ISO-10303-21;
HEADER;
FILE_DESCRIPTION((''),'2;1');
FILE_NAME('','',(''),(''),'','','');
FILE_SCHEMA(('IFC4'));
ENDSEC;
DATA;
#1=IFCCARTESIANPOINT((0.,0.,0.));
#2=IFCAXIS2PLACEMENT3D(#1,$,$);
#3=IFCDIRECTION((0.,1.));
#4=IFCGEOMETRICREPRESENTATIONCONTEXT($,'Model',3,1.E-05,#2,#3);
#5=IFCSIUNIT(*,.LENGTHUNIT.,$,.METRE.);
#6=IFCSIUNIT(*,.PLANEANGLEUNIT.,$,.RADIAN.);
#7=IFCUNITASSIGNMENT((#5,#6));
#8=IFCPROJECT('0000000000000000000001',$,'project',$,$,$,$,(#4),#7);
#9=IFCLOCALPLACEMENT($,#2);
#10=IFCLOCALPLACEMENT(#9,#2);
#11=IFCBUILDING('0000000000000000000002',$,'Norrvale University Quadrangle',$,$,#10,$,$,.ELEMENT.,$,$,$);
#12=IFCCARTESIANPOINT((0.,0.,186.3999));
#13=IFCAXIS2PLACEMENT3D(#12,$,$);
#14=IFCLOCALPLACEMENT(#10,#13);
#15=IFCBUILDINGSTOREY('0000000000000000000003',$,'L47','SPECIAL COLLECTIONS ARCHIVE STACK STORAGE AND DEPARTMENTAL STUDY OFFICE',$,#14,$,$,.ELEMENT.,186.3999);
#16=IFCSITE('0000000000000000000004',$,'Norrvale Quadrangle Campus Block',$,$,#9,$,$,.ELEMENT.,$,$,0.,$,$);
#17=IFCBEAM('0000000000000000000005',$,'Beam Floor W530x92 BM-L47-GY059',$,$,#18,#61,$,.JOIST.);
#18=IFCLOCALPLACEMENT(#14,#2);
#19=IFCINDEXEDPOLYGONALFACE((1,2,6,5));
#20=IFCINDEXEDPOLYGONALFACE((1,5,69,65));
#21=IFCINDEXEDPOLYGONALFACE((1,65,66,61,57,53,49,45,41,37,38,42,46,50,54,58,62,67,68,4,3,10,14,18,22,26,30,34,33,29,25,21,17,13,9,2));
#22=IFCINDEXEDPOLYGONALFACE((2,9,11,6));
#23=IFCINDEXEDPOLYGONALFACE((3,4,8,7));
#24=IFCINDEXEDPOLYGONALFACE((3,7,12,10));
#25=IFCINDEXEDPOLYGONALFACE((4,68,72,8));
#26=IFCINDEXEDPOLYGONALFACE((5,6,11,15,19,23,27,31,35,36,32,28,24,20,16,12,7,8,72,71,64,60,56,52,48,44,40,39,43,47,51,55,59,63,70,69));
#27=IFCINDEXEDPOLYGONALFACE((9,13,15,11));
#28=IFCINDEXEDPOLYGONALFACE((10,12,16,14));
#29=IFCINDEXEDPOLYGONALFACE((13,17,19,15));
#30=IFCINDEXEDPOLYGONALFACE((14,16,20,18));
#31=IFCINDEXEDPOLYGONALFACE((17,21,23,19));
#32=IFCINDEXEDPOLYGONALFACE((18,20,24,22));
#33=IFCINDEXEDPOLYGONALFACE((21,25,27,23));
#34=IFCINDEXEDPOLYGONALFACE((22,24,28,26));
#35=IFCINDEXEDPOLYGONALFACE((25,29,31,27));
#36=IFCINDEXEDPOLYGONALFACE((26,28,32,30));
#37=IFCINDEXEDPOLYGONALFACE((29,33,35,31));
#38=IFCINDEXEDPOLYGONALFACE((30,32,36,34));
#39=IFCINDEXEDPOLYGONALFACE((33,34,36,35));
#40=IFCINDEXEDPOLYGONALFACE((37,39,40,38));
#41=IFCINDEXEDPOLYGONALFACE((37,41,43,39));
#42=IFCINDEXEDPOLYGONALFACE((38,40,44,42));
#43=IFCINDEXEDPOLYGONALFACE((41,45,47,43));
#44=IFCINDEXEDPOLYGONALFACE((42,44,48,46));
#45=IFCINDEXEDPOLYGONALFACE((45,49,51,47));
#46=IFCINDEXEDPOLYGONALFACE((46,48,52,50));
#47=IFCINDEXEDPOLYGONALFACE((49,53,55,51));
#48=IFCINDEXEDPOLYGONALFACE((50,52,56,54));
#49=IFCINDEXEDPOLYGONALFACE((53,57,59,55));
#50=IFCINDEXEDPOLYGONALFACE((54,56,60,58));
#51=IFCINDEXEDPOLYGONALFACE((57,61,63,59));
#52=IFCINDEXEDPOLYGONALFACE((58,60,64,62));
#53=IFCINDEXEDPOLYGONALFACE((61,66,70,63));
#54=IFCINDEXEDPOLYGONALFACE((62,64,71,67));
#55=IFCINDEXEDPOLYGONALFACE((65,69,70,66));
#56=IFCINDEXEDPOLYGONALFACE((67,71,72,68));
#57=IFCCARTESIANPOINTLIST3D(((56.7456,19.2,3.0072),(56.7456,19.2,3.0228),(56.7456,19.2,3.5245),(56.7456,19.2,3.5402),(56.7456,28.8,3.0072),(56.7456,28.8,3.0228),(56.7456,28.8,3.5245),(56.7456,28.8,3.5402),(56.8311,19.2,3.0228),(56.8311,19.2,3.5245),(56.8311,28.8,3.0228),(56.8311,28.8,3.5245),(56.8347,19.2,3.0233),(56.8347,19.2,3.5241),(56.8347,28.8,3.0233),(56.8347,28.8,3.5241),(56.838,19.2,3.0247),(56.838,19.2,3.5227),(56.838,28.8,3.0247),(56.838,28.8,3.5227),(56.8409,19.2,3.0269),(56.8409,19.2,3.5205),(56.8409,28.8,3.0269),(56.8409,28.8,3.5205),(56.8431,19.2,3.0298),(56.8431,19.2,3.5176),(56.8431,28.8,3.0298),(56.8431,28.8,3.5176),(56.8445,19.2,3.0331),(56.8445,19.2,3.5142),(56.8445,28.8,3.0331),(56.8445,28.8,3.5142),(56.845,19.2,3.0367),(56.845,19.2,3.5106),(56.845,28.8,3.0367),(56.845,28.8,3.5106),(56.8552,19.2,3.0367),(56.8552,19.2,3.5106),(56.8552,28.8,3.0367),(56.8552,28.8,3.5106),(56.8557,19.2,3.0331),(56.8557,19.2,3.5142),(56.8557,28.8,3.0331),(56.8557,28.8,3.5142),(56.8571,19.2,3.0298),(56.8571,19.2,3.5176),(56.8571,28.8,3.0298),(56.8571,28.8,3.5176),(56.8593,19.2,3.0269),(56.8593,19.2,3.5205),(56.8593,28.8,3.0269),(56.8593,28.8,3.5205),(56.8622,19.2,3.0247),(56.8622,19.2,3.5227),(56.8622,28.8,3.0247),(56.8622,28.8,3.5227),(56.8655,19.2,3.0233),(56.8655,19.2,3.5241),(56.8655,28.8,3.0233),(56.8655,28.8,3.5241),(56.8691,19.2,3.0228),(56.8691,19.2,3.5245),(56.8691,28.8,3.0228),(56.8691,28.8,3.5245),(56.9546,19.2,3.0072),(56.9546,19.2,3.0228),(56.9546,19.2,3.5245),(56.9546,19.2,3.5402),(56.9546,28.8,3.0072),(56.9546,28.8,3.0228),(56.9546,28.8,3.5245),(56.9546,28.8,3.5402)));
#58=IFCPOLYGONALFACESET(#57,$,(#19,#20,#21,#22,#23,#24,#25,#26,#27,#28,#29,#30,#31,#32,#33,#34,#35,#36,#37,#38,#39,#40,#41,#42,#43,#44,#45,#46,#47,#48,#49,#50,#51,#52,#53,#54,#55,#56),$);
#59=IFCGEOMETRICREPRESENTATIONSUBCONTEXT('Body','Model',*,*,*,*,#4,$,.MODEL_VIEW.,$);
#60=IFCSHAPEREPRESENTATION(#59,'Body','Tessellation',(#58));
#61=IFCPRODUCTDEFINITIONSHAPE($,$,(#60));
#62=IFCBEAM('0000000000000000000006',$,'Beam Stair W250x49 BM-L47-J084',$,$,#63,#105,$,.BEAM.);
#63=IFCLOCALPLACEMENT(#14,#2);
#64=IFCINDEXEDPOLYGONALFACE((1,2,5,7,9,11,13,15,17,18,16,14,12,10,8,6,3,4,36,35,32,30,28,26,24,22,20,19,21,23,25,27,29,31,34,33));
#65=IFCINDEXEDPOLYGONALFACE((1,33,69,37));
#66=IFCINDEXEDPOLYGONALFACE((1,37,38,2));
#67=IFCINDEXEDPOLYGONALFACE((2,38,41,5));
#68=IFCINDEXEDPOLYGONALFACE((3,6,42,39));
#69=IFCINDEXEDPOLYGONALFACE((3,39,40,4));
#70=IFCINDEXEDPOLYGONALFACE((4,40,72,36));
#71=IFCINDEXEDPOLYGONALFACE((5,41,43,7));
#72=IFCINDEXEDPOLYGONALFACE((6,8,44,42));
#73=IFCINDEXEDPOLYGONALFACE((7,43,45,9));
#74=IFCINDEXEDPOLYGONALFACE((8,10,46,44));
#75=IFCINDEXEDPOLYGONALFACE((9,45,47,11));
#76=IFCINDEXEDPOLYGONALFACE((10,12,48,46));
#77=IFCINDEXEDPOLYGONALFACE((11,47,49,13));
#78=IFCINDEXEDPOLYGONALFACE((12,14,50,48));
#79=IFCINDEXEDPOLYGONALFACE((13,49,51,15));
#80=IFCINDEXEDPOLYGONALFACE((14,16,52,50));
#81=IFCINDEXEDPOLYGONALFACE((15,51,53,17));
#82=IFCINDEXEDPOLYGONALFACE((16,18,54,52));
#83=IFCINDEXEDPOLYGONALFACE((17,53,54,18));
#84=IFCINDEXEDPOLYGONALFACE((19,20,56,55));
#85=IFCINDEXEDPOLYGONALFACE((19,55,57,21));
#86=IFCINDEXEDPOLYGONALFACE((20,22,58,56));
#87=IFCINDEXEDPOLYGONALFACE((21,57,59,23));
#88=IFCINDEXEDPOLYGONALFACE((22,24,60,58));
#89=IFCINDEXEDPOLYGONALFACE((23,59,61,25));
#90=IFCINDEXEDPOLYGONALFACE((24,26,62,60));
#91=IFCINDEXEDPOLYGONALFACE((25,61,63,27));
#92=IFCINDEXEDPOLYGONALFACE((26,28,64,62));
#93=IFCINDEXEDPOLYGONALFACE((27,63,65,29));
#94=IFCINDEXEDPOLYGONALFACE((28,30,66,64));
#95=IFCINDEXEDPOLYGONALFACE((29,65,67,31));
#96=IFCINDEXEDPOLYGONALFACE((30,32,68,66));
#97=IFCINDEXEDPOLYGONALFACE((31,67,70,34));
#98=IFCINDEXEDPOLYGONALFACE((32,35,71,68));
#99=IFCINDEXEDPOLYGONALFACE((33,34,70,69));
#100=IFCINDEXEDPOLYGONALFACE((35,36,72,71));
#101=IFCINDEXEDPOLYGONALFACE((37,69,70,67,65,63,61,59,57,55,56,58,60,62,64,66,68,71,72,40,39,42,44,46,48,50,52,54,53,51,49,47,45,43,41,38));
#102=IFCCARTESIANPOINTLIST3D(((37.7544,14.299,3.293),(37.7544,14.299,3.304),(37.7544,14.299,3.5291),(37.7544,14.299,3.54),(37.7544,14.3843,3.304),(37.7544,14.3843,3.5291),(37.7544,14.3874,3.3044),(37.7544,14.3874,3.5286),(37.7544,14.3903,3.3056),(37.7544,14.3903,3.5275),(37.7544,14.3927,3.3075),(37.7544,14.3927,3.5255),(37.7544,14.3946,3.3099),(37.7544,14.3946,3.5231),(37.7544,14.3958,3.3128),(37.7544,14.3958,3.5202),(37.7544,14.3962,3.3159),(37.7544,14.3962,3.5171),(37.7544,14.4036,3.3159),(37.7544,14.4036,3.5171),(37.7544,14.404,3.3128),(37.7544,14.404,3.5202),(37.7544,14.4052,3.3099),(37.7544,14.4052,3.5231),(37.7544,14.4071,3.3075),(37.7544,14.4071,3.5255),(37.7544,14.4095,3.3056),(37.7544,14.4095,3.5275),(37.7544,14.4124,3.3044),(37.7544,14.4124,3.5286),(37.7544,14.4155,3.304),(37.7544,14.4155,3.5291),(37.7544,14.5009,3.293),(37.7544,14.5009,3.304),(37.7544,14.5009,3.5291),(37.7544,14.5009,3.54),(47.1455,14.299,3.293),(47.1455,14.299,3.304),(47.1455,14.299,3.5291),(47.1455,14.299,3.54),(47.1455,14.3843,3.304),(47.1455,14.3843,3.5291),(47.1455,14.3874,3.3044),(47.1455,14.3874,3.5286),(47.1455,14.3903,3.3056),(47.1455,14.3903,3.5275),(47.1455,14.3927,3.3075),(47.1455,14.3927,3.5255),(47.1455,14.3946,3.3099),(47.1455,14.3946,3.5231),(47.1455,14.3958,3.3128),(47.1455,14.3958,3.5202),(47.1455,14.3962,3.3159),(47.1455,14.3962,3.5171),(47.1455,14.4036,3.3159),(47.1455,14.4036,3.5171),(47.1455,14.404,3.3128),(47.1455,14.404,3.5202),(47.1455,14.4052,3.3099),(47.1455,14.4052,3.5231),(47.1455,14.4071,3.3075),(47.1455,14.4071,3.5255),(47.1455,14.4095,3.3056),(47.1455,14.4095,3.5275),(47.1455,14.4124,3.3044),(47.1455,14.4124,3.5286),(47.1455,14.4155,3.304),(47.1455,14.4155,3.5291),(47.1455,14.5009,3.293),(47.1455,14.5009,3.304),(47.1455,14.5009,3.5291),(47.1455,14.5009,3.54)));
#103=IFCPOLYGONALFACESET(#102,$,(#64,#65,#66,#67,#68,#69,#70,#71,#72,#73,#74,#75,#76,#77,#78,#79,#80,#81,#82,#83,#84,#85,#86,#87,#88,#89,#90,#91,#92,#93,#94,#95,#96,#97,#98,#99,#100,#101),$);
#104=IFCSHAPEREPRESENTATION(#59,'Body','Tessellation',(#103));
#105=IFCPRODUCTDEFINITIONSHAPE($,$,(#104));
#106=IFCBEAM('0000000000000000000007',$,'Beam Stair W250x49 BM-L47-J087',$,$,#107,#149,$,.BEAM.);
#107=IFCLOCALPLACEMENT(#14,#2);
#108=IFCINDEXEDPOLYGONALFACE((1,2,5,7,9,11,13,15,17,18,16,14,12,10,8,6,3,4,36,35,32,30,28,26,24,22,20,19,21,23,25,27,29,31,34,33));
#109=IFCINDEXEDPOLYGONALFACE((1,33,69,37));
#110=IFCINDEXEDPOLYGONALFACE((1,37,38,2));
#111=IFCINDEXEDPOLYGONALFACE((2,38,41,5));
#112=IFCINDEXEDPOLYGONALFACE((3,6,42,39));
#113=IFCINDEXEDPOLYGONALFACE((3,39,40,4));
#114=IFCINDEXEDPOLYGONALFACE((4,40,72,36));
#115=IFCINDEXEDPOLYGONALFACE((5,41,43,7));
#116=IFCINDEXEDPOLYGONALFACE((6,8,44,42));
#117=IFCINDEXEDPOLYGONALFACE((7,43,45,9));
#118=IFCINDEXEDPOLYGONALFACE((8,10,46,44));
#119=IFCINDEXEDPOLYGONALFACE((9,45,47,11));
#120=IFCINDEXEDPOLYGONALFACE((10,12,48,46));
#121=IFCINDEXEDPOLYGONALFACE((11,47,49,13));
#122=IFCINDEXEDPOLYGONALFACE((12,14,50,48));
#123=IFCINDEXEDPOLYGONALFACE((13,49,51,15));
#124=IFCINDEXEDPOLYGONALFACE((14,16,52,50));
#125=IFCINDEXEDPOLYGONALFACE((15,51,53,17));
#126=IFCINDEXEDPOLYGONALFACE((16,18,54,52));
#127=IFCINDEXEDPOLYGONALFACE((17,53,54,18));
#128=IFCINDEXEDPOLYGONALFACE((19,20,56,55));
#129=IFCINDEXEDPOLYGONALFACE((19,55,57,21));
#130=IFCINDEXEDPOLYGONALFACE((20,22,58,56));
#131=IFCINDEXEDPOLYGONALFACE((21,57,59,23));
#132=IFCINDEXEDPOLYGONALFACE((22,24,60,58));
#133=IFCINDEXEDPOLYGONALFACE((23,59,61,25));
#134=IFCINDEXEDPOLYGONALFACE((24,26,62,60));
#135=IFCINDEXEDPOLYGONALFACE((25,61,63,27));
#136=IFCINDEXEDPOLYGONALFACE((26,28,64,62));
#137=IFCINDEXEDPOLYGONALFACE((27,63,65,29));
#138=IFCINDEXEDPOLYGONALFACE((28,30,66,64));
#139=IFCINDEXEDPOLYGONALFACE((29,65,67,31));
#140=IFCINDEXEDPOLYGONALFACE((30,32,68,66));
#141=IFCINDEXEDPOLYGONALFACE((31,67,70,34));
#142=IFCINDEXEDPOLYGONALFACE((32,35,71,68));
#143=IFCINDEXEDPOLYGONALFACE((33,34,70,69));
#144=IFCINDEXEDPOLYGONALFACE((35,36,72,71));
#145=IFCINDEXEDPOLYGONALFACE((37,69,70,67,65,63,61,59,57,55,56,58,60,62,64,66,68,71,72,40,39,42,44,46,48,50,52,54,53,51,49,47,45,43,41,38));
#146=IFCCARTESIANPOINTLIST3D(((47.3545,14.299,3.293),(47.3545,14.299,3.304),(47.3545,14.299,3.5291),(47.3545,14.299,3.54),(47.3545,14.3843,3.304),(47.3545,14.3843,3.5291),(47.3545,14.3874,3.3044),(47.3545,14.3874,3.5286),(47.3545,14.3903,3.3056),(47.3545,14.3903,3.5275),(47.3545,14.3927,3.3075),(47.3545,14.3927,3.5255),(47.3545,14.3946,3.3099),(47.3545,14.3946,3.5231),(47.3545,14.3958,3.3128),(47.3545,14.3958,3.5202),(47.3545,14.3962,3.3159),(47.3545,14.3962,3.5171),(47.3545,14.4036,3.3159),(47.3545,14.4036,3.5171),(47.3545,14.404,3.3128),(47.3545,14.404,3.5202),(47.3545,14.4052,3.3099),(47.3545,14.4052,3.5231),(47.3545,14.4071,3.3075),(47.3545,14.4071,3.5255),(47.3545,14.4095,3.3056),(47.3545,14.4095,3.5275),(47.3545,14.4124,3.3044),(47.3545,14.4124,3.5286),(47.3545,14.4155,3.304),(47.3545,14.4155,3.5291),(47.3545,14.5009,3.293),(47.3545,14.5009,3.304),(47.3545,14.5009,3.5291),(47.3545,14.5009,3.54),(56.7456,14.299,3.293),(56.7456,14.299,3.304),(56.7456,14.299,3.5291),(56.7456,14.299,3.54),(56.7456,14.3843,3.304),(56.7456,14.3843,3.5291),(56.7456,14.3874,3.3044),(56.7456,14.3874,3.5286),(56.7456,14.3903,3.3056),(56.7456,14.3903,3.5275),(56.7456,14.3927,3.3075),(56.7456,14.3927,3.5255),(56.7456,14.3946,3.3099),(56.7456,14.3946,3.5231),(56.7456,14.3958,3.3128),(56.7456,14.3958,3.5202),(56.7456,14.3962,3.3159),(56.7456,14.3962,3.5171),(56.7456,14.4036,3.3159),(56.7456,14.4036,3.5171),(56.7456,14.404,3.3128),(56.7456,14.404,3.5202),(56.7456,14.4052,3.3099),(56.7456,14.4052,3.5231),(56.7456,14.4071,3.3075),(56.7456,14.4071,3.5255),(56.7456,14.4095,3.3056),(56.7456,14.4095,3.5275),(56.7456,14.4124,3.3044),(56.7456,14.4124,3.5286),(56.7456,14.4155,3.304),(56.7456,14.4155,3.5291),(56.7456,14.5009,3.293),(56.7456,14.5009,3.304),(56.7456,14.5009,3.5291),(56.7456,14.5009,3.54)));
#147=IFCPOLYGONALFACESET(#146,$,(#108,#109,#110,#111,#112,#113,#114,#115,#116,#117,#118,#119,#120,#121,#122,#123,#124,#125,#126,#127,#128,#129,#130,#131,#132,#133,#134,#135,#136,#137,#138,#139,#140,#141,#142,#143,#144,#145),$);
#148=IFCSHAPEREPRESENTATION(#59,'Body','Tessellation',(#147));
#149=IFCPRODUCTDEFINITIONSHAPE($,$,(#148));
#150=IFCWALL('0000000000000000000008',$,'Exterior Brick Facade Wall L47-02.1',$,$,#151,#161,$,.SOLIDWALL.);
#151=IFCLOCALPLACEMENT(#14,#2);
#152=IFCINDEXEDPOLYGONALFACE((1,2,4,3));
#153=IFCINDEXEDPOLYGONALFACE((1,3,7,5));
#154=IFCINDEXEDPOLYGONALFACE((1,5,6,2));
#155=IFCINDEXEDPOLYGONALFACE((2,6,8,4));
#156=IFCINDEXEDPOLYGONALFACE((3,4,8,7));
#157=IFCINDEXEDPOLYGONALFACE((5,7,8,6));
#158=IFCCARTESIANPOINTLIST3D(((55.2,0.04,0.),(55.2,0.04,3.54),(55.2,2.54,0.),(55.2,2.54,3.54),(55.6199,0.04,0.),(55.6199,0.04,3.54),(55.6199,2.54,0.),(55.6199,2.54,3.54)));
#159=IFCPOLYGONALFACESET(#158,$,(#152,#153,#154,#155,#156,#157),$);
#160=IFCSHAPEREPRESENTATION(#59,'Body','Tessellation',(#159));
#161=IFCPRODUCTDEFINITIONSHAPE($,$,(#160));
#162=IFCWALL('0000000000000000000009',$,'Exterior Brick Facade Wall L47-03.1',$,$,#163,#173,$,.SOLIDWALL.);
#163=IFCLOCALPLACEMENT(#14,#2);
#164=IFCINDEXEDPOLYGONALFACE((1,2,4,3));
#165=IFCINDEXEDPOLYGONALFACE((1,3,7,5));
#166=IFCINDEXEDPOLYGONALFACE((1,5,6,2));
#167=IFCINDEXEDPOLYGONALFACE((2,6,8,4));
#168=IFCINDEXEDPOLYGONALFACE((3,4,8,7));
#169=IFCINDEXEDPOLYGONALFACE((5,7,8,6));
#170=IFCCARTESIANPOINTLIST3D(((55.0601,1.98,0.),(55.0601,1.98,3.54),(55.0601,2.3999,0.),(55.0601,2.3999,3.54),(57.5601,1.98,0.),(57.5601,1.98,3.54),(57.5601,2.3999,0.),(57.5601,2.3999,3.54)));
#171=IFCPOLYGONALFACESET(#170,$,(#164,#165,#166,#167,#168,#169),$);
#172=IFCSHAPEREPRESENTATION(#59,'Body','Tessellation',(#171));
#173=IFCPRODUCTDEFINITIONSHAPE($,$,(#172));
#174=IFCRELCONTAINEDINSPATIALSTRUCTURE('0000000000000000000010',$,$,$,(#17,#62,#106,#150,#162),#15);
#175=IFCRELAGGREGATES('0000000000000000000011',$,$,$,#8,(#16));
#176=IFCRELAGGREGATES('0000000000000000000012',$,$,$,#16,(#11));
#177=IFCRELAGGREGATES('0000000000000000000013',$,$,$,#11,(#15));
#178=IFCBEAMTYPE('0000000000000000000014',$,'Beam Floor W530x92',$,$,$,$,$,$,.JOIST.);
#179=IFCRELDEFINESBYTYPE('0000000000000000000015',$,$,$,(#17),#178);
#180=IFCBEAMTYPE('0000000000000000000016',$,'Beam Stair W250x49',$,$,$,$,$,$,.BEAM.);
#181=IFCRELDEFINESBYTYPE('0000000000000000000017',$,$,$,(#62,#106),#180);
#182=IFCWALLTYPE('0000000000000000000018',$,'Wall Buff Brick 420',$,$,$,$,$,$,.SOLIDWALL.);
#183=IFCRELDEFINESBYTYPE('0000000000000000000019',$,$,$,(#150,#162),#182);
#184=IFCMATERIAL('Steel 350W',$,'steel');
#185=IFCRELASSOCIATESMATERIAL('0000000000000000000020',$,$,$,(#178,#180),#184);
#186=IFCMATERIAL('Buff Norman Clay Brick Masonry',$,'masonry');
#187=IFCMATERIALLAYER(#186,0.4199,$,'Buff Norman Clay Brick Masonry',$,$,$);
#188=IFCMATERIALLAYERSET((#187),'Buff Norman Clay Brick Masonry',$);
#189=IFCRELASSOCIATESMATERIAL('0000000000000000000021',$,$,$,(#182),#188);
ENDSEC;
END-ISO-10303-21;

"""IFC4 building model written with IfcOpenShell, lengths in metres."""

from ifc_helpers import new_model, si_unit, direction, frame, frame_2d, origin, origin_2d, place, context, subcontext, project, spatial, rectangle, i_section, extrude, material, layer, layer_set, material_profile, profile_set, type_object, element, save


model = new_model("IFC4")

# Units and contexts
model_context = context("Model", 3, precision=1e-05, world=origin(), true_north=direction((0.0, 1.0)))
body_context = subcontext(model_context, "Body", "Model", "MODEL_VIEW")
ifc_project = project(units=[si_unit("LENGTHUNIT", "METRE"), si_unit("PLANEANGLEUNIT", "RADIAN")], contexts=[model_context])

# Site, building, storey
site_placement = place(None, origin())
site = spatial("IfcSite", under=ifc_project, at=site_placement, Name="Norrvale Quadrangle Campus Block", CompositionType="ELEMENT", RefElevation=0.0)
building_placement = place(site_placement, origin())
building = spatial("IfcBuilding", under=site, at=building_placement, Name="Norrvale University Quadrangle", CompositionType="ELEMENT")
storey_placement = place(building_placement, frame((0.0, 0.0, 186.3999)))
storey = spatial("IfcBuildingStorey", under=building, at=storey_placement, Name="L47", Description="SPECIAL COLLECTIONS ARCHIVE STACK STORAGE AND DEPARTMENTAL STUDY OFFICE", CompositionType="ELEMENT", Elevation=186.3999)

# Beams
ifc_material_1 = material(Name="Steel 350W", Category="steel")
ifc_material_profile_1 = material_profile(ifc_material_1, i_section(OverallWidth=0.209, OverallDepth=0.533, WebThickness=0.0103, FlangeThickness=0.0156, FilletRadius=0.0139, at=origin_2d()), Name="Steel 350W")
ifc_profile_set_1 = profile_set([ifc_material_profile_1], Name="Steel 350W")
beam_type_1 = type_object("IfcBeamType", Name="Beam Floor W530x92", PredefinedType="JOIST", material=ifc_profile_set_1)
beam_1_placement = place(storey_placement, frame((56.8501, 19.2, 3.2737), z_axis=(0.0, 1.0, 0.0), x_axis=(-1.0, 0.0, 0.0)))
element("IfcBeam", 1, at=beam_1_placement, inside=storey, type_object=beam_type_1, Name="Beam Floor W530x92 BM-L47-GY059", PredefinedType="JOIST", context=body_context, shape_type="SweptSolid", body=[
    extrude(i_section(OverallWidth=0.209, OverallDepth=0.533, WebThickness=0.0103, FlangeThickness=0.0156, FilletRadius=0.0139, at=origin_2d()), origin(), (0.0, 0.0, 1.0), 9.6001),
])
ifc_material_profile_2 = material_profile(ifc_material_1, i_section(OverallWidth=0.2019, OverallDepth=0.2471, WebThickness=0.0073, FlangeThickness=0.011, FilletRadius=0.012, at=origin_2d()), Name="Steel 350W")
ifc_profile_set_2 = profile_set([ifc_material_profile_2], Name="Steel 350W")
beam_type_2 = type_object("IfcBeamType", Name="Beam Stair W250x49", PredefinedType="BEAM", material=ifc_profile_set_2)
for number, where, z_axis, x_axis, name in (
    (2, (37.7544, 14.3999, 3.4165), (1.0, 0.0, 0.0), (0.0, 1.0, 0.0), "Beam Stair W250x49 BM-L47-J084"),
    (3, (47.3545, 14.3999, 3.4165), (1.0, 0.0, 0.0), (0.0, 1.0, 0.0), "Beam Stair W250x49 BM-L47-J087"),
):
    element("IfcBeam", number, at=place(storey_placement, frame(where, z_axis=z_axis, x_axis=x_axis)), inside=storey, type_object=beam_type_2, Name=name, PredefinedType="BEAM", context=body_context, shape_type="SweptSolid", body=[
        extrude(i_section(OverallWidth=0.2019, OverallDepth=0.2471, WebThickness=0.0073, FlangeThickness=0.011, FilletRadius=0.012, at=origin_2d()), origin(), (0.0, 0.0, 1.0), 9.3911),
    ])

# Walls
ifc_material_2 = material(Name="Buff Norman Clay Brick Masonry", Category="masonry")
ifc_layer_1 = layer(ifc_material_2, 0.4199, Name="Buff Norman Clay Brick Masonry")
ifc_layer_set_1 = layer_set([ifc_layer_1], Name="Buff Norman Clay Brick Masonry")
wall_type_1 = type_object("IfcWallType", Name="Wall Buff Brick 420", PredefinedType="SOLIDWALL", material=ifc_layer_set_1)
for number, where, z_axis, x_axis, name in (
    (4, (55.4099, 0.04, 0.0), (0.0, 0.0, 1.0), (0.0, 1.0, 0.0), "Exterior Brick Facade Wall L47-02.1"),
    (5, (55.0601, 2.1899, 0.0), (0.0, 0.0, 1.0), (1.0, 0.0, 0.0), "Exterior Brick Facade Wall L47-03.1"),
):
    element("IfcWall", number, at=place(storey_placement, frame(where, z_axis=z_axis, x_axis=x_axis)), inside=storey, type_object=wall_type_1, Name=name, PredefinedType="SOLIDWALL", context=body_context, shape_type="SweptSolid", body=[
        extrude(rectangle(XDim=2.5, YDim=0.4199, at=frame_2d((1.25, 0.0))), origin(), (0.0, 0.0, 1.0), 3.54),
    ])

save(model, "model.ifc")
